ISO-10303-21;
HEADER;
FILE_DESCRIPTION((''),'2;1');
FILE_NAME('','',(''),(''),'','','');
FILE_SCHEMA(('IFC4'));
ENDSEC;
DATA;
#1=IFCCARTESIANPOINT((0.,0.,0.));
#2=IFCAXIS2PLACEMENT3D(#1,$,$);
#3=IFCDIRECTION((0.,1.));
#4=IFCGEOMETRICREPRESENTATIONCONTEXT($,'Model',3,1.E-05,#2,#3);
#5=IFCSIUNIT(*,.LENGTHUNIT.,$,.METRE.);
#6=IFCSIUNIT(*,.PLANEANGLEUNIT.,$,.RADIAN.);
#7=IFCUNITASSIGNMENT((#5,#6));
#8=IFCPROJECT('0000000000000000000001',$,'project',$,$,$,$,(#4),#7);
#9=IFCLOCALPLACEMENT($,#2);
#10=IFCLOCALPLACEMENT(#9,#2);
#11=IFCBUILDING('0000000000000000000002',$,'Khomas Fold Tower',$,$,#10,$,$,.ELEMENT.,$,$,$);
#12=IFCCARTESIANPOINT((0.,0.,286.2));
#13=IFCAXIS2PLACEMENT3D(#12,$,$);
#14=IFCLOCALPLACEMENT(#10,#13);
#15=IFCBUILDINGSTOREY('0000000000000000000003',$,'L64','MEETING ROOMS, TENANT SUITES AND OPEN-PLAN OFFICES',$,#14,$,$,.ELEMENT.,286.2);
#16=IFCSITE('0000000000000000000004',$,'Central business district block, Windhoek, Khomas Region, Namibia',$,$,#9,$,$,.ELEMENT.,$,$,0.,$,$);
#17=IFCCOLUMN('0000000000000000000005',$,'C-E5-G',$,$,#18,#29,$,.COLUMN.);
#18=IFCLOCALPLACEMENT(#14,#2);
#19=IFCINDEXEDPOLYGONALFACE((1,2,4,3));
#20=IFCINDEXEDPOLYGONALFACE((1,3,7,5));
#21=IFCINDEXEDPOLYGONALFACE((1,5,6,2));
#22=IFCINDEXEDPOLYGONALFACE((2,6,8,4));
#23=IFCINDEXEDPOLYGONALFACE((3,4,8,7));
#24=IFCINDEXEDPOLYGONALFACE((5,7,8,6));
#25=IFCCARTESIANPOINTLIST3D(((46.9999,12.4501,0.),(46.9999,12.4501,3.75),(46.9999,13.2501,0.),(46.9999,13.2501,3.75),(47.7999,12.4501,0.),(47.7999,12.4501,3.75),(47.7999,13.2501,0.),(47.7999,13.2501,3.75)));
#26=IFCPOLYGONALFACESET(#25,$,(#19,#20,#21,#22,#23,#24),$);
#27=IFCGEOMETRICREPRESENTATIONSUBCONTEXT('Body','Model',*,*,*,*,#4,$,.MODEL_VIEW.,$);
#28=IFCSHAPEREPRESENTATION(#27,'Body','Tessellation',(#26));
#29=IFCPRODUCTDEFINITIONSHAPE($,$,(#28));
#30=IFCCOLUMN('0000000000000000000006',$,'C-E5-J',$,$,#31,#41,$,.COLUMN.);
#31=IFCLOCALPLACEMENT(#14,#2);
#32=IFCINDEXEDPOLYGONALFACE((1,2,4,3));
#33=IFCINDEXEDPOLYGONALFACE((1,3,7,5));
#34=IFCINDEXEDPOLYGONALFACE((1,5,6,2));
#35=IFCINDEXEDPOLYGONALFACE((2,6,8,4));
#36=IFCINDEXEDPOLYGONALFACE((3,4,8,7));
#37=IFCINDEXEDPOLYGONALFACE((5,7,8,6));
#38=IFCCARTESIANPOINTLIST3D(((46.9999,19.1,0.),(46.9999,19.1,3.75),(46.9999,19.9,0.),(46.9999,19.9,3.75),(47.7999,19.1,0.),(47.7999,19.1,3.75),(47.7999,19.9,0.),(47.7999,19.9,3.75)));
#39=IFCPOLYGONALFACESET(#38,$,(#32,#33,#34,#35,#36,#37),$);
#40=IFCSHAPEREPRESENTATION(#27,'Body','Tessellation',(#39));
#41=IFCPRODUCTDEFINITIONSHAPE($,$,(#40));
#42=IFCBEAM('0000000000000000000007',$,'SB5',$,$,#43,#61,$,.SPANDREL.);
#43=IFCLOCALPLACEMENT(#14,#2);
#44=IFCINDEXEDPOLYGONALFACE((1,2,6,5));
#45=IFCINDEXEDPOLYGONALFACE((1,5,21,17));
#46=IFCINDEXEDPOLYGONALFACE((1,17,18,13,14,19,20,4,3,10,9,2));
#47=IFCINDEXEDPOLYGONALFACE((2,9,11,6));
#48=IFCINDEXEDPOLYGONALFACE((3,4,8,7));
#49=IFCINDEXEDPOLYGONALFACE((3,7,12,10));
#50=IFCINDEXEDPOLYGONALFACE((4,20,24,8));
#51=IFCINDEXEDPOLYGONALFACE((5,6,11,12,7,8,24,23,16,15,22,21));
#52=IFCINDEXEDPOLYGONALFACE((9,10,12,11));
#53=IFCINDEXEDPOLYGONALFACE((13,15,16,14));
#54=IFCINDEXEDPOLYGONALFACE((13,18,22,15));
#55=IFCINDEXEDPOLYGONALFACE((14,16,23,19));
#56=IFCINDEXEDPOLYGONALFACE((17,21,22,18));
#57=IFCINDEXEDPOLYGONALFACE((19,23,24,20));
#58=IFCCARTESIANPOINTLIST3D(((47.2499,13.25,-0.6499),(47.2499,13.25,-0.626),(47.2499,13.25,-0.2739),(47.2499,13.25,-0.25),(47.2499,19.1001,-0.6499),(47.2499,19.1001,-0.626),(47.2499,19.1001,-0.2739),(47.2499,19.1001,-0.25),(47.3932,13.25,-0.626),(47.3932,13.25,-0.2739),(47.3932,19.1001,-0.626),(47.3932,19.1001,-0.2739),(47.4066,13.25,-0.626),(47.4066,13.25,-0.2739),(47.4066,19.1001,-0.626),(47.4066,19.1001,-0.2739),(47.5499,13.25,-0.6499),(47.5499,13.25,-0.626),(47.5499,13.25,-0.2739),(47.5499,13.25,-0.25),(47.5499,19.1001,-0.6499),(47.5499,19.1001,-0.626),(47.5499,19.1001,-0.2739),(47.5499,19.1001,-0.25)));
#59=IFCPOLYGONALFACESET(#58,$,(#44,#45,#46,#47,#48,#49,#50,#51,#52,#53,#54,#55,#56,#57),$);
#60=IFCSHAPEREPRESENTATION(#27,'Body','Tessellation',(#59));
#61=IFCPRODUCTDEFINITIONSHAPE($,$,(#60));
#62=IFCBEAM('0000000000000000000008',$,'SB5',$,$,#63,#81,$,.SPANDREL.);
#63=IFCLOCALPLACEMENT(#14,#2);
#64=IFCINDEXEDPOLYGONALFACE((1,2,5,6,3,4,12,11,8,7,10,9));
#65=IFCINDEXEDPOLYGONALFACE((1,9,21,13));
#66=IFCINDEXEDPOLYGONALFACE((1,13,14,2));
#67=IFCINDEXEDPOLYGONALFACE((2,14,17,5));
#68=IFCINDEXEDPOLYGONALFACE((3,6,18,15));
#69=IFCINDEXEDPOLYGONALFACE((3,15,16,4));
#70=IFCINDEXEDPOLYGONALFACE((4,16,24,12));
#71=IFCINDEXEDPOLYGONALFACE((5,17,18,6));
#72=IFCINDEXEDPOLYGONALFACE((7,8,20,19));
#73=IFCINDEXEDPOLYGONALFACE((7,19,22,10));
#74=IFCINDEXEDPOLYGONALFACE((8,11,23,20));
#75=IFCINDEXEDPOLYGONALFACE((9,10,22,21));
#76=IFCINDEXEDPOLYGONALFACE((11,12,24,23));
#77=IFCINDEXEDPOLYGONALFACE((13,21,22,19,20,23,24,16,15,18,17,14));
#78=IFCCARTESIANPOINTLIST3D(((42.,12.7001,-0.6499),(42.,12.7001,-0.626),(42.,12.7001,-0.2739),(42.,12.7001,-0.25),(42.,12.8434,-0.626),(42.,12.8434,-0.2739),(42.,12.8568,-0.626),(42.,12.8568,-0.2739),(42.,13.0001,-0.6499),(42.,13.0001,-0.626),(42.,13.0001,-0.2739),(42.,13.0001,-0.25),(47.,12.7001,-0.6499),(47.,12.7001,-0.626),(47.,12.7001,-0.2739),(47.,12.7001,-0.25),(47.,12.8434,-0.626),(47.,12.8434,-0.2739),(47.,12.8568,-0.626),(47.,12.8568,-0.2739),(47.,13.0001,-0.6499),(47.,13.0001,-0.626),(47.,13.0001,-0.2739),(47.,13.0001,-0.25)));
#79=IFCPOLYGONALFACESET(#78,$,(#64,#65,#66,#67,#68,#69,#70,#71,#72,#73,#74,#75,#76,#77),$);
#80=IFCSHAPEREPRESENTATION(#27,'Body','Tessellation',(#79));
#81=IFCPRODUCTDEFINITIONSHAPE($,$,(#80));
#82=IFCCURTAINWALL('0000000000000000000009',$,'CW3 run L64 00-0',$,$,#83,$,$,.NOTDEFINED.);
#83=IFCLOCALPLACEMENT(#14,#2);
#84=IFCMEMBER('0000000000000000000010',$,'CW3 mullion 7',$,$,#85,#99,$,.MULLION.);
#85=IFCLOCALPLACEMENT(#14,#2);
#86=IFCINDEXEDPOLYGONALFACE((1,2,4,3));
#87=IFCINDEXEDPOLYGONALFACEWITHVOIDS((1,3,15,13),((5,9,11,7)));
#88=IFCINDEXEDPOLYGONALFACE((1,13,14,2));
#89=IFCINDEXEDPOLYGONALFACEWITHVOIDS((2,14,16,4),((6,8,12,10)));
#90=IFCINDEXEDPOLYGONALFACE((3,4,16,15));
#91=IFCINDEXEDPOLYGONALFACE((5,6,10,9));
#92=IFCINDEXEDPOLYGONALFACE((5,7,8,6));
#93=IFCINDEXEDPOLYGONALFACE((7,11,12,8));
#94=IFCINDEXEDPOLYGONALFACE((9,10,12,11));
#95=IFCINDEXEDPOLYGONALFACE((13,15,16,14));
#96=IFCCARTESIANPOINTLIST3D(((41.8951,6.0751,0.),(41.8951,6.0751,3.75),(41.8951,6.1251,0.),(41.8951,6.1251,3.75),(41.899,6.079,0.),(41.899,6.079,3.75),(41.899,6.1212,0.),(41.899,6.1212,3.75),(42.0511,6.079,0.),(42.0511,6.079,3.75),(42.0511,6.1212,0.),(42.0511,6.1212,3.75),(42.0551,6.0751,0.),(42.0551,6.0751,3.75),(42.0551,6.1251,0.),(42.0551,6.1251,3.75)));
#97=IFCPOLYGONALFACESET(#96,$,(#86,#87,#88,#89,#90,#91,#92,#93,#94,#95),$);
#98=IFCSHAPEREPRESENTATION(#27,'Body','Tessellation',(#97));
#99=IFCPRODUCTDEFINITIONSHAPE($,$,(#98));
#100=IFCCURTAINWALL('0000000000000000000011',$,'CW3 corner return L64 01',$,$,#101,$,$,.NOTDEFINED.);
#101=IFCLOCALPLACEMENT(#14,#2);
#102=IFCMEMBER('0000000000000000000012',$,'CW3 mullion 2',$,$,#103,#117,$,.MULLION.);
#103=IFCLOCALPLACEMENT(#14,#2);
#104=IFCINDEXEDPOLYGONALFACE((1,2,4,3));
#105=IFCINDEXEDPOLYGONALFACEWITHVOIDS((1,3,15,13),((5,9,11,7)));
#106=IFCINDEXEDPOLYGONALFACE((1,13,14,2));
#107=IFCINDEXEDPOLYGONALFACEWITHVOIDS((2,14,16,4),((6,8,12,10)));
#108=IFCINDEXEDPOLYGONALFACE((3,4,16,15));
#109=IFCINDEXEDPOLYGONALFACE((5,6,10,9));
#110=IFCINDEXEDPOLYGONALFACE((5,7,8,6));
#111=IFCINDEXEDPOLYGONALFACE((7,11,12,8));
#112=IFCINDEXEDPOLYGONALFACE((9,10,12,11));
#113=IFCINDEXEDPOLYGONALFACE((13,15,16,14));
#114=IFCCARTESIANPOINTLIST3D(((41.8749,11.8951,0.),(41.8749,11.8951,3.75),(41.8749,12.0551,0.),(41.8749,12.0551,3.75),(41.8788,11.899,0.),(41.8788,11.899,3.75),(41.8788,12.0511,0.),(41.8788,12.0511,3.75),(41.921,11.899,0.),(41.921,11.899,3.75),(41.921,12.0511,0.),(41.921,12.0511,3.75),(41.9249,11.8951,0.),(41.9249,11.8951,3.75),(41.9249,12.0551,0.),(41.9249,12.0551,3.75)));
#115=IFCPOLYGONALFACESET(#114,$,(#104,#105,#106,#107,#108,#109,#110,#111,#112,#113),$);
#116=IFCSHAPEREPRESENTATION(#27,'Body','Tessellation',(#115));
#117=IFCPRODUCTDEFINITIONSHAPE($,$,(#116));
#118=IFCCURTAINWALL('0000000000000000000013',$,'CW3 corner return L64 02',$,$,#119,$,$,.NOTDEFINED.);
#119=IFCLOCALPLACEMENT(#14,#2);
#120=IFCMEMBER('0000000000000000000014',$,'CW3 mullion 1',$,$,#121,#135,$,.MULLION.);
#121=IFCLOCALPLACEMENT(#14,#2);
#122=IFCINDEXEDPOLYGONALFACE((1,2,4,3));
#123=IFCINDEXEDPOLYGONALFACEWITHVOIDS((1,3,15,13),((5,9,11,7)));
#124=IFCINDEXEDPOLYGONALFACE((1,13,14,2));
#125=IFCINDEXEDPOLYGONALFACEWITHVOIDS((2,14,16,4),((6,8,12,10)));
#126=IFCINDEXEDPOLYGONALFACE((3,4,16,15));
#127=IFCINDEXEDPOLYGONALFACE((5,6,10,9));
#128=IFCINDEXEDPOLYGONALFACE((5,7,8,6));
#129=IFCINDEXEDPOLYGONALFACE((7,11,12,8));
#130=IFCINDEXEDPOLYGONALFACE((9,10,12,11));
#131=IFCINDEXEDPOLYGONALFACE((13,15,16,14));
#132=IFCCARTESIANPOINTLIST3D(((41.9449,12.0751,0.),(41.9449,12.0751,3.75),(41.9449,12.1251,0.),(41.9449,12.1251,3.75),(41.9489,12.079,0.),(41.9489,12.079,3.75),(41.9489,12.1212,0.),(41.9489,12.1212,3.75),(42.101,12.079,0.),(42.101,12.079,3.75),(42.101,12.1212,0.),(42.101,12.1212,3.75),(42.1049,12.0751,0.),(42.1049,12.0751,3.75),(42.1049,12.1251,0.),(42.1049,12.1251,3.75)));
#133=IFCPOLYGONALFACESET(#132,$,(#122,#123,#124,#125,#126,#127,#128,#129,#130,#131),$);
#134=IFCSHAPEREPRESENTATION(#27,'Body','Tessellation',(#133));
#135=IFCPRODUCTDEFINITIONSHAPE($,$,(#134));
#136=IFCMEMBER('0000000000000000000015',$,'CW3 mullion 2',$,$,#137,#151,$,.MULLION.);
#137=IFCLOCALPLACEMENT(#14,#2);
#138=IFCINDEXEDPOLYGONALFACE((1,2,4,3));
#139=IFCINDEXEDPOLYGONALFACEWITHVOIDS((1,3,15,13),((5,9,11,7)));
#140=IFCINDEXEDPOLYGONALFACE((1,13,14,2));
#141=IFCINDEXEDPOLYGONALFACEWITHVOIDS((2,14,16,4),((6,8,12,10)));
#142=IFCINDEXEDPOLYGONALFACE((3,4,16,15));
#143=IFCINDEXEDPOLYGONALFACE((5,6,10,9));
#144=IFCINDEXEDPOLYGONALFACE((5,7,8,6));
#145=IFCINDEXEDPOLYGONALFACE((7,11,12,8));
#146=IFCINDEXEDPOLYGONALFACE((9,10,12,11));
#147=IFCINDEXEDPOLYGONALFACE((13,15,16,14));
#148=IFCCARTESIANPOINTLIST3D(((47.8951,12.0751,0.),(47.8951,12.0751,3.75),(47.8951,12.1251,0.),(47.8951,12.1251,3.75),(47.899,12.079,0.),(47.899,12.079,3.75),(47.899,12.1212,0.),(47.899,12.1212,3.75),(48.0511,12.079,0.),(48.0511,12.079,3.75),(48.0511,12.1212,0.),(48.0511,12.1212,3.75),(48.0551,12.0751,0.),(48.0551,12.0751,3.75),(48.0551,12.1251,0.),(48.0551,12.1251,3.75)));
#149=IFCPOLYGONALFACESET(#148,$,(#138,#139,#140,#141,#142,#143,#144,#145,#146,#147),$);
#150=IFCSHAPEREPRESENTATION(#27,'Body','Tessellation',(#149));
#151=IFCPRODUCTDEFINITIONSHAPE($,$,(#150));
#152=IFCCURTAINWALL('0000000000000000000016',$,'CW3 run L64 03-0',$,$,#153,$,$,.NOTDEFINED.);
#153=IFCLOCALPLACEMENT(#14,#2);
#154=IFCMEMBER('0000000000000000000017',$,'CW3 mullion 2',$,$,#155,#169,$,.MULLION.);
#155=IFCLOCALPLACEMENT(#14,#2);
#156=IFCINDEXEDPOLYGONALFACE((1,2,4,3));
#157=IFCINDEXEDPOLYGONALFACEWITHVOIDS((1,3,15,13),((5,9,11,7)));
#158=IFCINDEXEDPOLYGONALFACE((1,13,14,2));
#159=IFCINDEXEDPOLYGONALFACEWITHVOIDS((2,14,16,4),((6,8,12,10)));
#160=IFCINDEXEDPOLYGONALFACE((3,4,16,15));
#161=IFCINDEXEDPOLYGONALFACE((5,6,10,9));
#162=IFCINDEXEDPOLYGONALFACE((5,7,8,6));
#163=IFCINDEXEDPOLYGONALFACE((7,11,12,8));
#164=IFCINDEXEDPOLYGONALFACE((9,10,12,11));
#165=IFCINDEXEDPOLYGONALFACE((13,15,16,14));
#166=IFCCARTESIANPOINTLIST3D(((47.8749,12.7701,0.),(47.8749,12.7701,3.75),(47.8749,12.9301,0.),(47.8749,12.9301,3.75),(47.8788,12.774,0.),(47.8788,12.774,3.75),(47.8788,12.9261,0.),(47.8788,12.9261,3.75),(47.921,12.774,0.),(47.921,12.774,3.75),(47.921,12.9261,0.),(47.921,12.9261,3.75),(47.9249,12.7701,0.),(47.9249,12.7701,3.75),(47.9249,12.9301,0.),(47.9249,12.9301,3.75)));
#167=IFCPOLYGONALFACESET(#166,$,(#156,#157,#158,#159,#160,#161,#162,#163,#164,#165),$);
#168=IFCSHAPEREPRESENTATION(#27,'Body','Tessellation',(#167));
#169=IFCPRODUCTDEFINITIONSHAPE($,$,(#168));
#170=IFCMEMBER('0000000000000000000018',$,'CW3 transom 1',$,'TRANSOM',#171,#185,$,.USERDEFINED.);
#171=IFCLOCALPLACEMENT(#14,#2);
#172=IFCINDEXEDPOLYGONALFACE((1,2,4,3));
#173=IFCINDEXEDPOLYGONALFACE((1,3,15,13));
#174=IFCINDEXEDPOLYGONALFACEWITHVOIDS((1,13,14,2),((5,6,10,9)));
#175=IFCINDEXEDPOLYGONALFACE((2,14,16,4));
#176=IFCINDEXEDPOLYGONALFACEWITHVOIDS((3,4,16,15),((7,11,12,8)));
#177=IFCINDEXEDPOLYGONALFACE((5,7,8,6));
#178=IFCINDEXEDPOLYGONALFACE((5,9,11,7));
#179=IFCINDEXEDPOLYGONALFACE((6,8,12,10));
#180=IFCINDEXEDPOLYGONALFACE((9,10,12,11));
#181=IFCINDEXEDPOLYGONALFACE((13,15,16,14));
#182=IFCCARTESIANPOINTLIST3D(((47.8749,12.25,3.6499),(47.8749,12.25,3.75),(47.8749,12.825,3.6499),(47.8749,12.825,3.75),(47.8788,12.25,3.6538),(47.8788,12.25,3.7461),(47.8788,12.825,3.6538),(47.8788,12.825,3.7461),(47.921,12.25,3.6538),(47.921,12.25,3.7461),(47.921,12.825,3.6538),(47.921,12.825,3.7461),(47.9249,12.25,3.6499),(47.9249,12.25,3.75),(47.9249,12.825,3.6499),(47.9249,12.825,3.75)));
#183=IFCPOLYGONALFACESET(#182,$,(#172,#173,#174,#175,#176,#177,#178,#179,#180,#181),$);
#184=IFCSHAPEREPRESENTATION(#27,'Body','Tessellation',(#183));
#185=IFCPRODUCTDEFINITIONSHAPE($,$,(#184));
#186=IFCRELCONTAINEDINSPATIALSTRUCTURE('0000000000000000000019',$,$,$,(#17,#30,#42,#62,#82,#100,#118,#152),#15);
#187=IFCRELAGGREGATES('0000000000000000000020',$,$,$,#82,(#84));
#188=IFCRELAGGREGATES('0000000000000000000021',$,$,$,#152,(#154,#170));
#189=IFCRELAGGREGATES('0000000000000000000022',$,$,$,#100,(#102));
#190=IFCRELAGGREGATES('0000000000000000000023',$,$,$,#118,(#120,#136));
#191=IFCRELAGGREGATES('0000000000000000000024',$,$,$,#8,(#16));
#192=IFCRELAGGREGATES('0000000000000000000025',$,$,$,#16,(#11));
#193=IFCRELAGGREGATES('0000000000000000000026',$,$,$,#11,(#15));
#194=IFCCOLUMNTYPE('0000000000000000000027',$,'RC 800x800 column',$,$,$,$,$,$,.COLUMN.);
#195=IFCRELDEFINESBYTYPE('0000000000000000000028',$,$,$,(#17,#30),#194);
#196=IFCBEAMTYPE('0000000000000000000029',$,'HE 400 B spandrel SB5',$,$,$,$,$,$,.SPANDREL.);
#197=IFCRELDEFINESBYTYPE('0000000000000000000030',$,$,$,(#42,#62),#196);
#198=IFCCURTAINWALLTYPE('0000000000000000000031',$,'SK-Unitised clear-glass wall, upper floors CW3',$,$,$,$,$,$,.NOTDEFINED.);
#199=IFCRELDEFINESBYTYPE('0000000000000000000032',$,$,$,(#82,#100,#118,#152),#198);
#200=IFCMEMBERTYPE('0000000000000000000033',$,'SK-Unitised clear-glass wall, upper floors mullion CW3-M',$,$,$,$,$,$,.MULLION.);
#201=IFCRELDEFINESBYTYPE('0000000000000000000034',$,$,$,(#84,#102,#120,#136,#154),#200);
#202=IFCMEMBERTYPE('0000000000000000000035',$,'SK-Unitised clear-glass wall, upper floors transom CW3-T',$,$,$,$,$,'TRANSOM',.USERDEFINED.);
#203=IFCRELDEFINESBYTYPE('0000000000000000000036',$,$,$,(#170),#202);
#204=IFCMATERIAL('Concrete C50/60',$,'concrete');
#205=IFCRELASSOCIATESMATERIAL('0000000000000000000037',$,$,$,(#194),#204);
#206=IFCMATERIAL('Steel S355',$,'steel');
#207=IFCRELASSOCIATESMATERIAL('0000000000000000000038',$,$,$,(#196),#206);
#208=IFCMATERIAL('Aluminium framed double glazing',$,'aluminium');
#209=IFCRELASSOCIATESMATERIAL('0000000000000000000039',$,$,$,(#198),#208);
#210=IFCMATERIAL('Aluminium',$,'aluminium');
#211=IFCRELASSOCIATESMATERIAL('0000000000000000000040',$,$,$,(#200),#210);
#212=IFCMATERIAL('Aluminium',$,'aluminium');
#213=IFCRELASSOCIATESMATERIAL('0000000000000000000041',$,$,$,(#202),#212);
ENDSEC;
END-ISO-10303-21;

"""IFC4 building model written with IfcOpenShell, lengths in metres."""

from ifc_helpers import new_model, si_unit, direction, frame, origin, origin_2d, place, context, subcontext, project, spatial, rectangle, hollow_rectangle, i_section, extrude, source, transform, mapped, material, material_profile, profile_set, type_object, element, aggregate, save


model = new_model("IFC4")

# Units and contexts
model_context = context("Model", 3, precision=1e-05, world=origin(), true_north=direction((0.0, 1.0)))
body_context = subcontext(model_context, "Body", "Model", "MODEL_VIEW")
ifc_project = project(units=[si_unit("LENGTHUNIT", "METRE"), si_unit("PLANEANGLEUNIT", "RADIAN")], contexts=[model_context])

# Site, building, storey
site_placement = place(None, origin())
site = spatial("IfcSite", under=ifc_project, at=site_placement, Name="Central business district block, Windhoek, Khomas Region, Namibia", CompositionType="ELEMENT", RefElevation=0.0)
building_placement = place(site_placement, origin())
building = spatial("IfcBuilding", under=site, at=building_placement, Name="Khomas Fold Tower", CompositionType="ELEMENT")
storey_placement = place(building_placement, frame((0.0, 0.0, 286.2)))
storey = spatial("IfcBuildingStorey", under=building, at=storey_placement, Name="L64", Description="MEETING ROOMS, TENANT SUITES AND OPEN-PLAN OFFICES", CompositionType="ELEMENT", Elevation=286.2)

# Columns
ifc_material_1 = material(Name="Concrete C50/60", Category="concrete")
ifc_material_profile_1 = material_profile(ifc_material_1, rectangle(XDim=0.8, YDim=0.8, at=origin_2d()), Name="RC 800x800")
ifc_profile_set_1 = profile_set([ifc_material_profile_1], Name="Concrete C50/60")
column_type = type_object("IfcColumnType", Name="RC 800x800 column", PredefinedType="COLUMN", material=ifc_profile_set_1)
shared_shape_1 = source(origin(), body_context, "Body", "SweptSolid", [
    extrude(rectangle(XDim=0.8, YDim=0.8, at=origin_2d()), origin(), (0.0, 0.0, 1.0), 3.75),
])
for number, where, z_axis, x_axis, name in (
    (1, (47.3999, 12.8501, 0.0), (0.0, 0.0, 1.0), (1.0, 0.0, 0.0), "C-E5-G"),
    (2, (47.3999, 19.5, 0.0), (0.0, 0.0, 1.0), (1.0, 0.0, 0.0), "C-E5-J"),
):
    element("IfcColumn", number, at=place(storey_placement, frame(where, z_axis=z_axis, x_axis=x_axis)), inside=storey, type_object=column_type, Name=name, PredefinedType="COLUMN", context=body_context, shape_type="MappedRepresentation", body=[
        mapped(shared_shape_1, transform((0.0, 0.0, 0.0))),
    ])

# Beams
ifc_material_2 = material(Name="Steel S355", Category="steel")
ifc_material_profile_2 = material_profile(ifc_material_2, i_section(OverallWidth=0.3, OverallDepth=0.3999, WebThickness=0.0134, FlangeThickness=0.0239, at=origin_2d()), Name="HE 400 B")
ifc_profile_set_2 = profile_set([ifc_material_profile_2], Name="Steel S355")
beam_type = type_object("IfcBeamType", Name="HE 400 B spandrel SB5", PredefinedType="SPANDREL", material=ifc_profile_set_2)
shared_shape_2 = source(origin(), body_context, "Body", "SweptSolid", [
    extrude(i_section(OverallWidth=0.3, OverallDepth=0.3999, WebThickness=0.0134, FlangeThickness=0.0239, at=origin_2d()), origin(), (0.0, 0.0, 1.0), 5.8501),
])
beam_1_placement = place(storey_placement, frame((47.3999, 13.25, -0.45), z_axis=(0.0, 1.0, 0.0), x_axis=(-1.0, 0.0, 0.0)))
element("IfcBeam", 3, at=beam_1_placement, inside=storey, type_object=beam_type, Name="SB5", PredefinedType="SPANDREL", context=body_context, shape_type="MappedRepresentation", body=[
    mapped(shared_shape_2, transform((0.0, 0.0, 0.0))),
])
shared_shape_3 = source(origin(), body_context, "Body", "SweptSolid", [
    extrude(i_section(OverallWidth=0.3, OverallDepth=0.3999, WebThickness=0.0134, FlangeThickness=0.0239, at=origin_2d()), origin(), (0.0, 0.0, 1.0), 5.0),
])
beam_2_placement = place(storey_placement, frame((42.0, 12.8501, -0.45), z_axis=(1.0, 0.0, 0.0), x_axis=(0.0, 1.0, 0.0)))
element("IfcBeam", 4, at=beam_2_placement, inside=storey, type_object=beam_type, Name="SB5", PredefinedType="SPANDREL", context=body_context, shape_type="MappedRepresentation", body=[
    mapped(shared_shape_3, transform((0.0, 0.0, 0.0))),
])

# Curtain walls, members
ifc_material_3 = material(Name="Aluminium framed double glazing", Category="aluminium")
curtain_wall_type = type_object("IfcCurtainWallType", Name="SK-Unitised clear-glass wall, upper floors CW3", PredefinedType="NOTDEFINED", material=ifc_material_3)
curtain_wall_1_placement = place(storey_placement, origin())
curtain_wall_1 = element("IfcCurtainWall", 5, at=curtain_wall_1_placement, inside=storey, type_object=curtain_wall_type, Name="CW3 run L64 00-0", PredefinedType="NOTDEFINED")
ifc_material_4 = material(Name="Aluminium", Category="aluminium")
ifc_material_profile_3 = material_profile(ifc_material_4, hollow_rectangle(XDim=0.05, YDim=0.1599, WallThickness=0.0039, at=origin_2d()), Name="SK-Unitised clear-glass wall, upper floors mullion CW3-M")
ifc_profile_set_3 = profile_set([ifc_material_profile_3], Name="Aluminium")
member_type_1 = type_object("IfcMemberType", Name="SK-Unitised clear-glass wall, upper floors mullion CW3-M", PredefinedType="MULLION", material=ifc_profile_set_3)
shared_shape_4 = source(origin(), body_context, "Body", "SweptSolid", [
    extrude(hollow_rectangle(XDim=0.05, YDim=0.1599, WallThickness=0.0039, at=origin_2d()), origin(), (0.0, 0.0, 1.0), 3.75),
])
member_1_placement = place(storey_placement, frame((41.9751, 6.1001, 0.0), z_axis=(0.0, 0.0, 1.0), x_axis=(0.0, 1.0, 0.0)))
member_1 = element("IfcMember", 6, at=member_1_placement, type_object=member_type_1, Name="CW3 mullion 7", PredefinedType="MULLION", context=body_context, shape_type="MappedRepresentation", body=[
    mapped(shared_shape_4, transform((0.0, 0.0, 0.0))),
])
aggregate(curtain_wall_1, [member_1])
curtain_wall_2_placement = place(storey_placement, origin())
curtain_wall_2 = element("IfcCurtainWall", 7, at=curtain_wall_2_placement, inside=storey, type_object=curtain_wall_type, Name="CW3 corner return L64 01", PredefinedType="NOTDEFINED")
member_2_placement = place(storey_placement, frame((41.8999, 11.9751, 0.0), z_axis=(0.0, 0.0, 1.0), x_axis=(-1.0, 0.0, 0.0)))
member_2 = element("IfcMember", 8, at=member_2_placement, type_object=member_type_1, Name="CW3 mullion 2", PredefinedType="MULLION", context=body_context, shape_type="MappedRepresentation", body=[
    mapped(shared_shape_4, transform((0.0, 0.0, 0.0))),
])

# Curtain walls, members
curtain_wall_3_placement = place(storey_placement, origin())
curtain_wall_3 = element("IfcCurtainWall", 9, at=curtain_wall_3_placement, inside=storey, type_object=curtain_wall_type, Name="CW3 corner return L64 02", PredefinedType="NOTDEFINED")
member_3_placement = place(storey_placement, frame((42.0249, 12.1001, 0.0), z_axis=(0.0, 0.0, 1.0), x_axis=(0.0, 1.0, 0.0)))
member_3 = element("IfcMember", 10, at=member_3_placement, type_object=member_type_1, Name="CW3 mullion 1", PredefinedType="MULLION", context=body_context, shape_type="MappedRepresentation", body=[
    mapped(shared_shape_4, transform((0.0, 0.0, 0.0))),
])
member_4_placement = place(storey_placement, frame((47.9751, 12.1001, 0.0), z_axis=(0.0, 0.0, 1.0), x_axis=(0.0, 1.0, 0.0)))
member_4 = element("IfcMember", 11, at=member_4_placement, type_object=member_type_1, Name="CW3 mullion 2", PredefinedType="MULLION", context=body_context, shape_type="MappedRepresentation", body=[
    mapped(shared_shape_4, transform((0.0, 0.0, 0.0))),
])
curtain_wall_4_placement = place(storey_placement, origin())
curtain_wall_4 = element("IfcCurtainWall", 12, at=curtain_wall_4_placement, inside=storey, type_object=curtain_wall_type, Name="CW3 run L64 03-0", PredefinedType="NOTDEFINED")
member_5_placement = place(storey_placement, frame((47.8999, 12.8501, 0.0), z_axis=(0.0, 0.0, 1.0), x_axis=(-1.0, 0.0, 0.0)))
member_5 = element("IfcMember", 13, at=member_5_placement, type_object=member_type_1, Name="CW3 mullion 2", PredefinedType="MULLION", context=body_context, shape_type="MappedRepresentation", body=[
    mapped(shared_shape_4, transform((0.0, 0.0, 0.0))),
])
ifc_material_5 = material(Name="Aluminium", Category="aluminium")
ifc_material_profile_4 = material_profile(ifc_material_5, hollow_rectangle(XDim=0.05, YDim=0.1001, WallThickness=0.0039, at=origin_2d()), Name="SK-Unitised clear-glass wall, upper floors transom CW3-T")
ifc_profile_set_4 = profile_set([ifc_material_profile_4], Name="Aluminium")
member_type_2 = type_object("IfcMemberType", Name="SK-Unitised clear-glass wall, upper floors transom CW3-T", ElementType="TRANSOM", PredefinedType="USERDEFINED", material=ifc_profile_set_4)
shared_shape_5 = source(origin(), body_context, "Body", "SweptSolid", [
    extrude(hollow_rectangle(XDim=0.05, YDim=0.1001, WallThickness=0.0039, at=origin_2d()), origin(), (0.0, 0.0, 1.0), 0.575),
])
member_6_placement = place(storey_placement, frame((47.8999, 12.25, 3.7), z_axis=(0.0, 1.0, 0.0), x_axis=(-1.0, 0.0, 0.0)))
member_6 = element("IfcMember", 14, at=member_6_placement, type_object=member_type_2, Name="CW3 transom 1", ObjectType="TRANSOM", PredefinedType="USERDEFINED", context=body_context, shape_type="MappedRepresentation", body=[
    mapped(shared_shape_5, transform((0.0, 0.0, 0.0))),
])

aggregate(curtain_wall_4, [member_5, member_6])
aggregate(curtain_wall_2, [member_2])
aggregate(curtain_wall_3, [member_3, member_4])

save(model, "model.ifc")
